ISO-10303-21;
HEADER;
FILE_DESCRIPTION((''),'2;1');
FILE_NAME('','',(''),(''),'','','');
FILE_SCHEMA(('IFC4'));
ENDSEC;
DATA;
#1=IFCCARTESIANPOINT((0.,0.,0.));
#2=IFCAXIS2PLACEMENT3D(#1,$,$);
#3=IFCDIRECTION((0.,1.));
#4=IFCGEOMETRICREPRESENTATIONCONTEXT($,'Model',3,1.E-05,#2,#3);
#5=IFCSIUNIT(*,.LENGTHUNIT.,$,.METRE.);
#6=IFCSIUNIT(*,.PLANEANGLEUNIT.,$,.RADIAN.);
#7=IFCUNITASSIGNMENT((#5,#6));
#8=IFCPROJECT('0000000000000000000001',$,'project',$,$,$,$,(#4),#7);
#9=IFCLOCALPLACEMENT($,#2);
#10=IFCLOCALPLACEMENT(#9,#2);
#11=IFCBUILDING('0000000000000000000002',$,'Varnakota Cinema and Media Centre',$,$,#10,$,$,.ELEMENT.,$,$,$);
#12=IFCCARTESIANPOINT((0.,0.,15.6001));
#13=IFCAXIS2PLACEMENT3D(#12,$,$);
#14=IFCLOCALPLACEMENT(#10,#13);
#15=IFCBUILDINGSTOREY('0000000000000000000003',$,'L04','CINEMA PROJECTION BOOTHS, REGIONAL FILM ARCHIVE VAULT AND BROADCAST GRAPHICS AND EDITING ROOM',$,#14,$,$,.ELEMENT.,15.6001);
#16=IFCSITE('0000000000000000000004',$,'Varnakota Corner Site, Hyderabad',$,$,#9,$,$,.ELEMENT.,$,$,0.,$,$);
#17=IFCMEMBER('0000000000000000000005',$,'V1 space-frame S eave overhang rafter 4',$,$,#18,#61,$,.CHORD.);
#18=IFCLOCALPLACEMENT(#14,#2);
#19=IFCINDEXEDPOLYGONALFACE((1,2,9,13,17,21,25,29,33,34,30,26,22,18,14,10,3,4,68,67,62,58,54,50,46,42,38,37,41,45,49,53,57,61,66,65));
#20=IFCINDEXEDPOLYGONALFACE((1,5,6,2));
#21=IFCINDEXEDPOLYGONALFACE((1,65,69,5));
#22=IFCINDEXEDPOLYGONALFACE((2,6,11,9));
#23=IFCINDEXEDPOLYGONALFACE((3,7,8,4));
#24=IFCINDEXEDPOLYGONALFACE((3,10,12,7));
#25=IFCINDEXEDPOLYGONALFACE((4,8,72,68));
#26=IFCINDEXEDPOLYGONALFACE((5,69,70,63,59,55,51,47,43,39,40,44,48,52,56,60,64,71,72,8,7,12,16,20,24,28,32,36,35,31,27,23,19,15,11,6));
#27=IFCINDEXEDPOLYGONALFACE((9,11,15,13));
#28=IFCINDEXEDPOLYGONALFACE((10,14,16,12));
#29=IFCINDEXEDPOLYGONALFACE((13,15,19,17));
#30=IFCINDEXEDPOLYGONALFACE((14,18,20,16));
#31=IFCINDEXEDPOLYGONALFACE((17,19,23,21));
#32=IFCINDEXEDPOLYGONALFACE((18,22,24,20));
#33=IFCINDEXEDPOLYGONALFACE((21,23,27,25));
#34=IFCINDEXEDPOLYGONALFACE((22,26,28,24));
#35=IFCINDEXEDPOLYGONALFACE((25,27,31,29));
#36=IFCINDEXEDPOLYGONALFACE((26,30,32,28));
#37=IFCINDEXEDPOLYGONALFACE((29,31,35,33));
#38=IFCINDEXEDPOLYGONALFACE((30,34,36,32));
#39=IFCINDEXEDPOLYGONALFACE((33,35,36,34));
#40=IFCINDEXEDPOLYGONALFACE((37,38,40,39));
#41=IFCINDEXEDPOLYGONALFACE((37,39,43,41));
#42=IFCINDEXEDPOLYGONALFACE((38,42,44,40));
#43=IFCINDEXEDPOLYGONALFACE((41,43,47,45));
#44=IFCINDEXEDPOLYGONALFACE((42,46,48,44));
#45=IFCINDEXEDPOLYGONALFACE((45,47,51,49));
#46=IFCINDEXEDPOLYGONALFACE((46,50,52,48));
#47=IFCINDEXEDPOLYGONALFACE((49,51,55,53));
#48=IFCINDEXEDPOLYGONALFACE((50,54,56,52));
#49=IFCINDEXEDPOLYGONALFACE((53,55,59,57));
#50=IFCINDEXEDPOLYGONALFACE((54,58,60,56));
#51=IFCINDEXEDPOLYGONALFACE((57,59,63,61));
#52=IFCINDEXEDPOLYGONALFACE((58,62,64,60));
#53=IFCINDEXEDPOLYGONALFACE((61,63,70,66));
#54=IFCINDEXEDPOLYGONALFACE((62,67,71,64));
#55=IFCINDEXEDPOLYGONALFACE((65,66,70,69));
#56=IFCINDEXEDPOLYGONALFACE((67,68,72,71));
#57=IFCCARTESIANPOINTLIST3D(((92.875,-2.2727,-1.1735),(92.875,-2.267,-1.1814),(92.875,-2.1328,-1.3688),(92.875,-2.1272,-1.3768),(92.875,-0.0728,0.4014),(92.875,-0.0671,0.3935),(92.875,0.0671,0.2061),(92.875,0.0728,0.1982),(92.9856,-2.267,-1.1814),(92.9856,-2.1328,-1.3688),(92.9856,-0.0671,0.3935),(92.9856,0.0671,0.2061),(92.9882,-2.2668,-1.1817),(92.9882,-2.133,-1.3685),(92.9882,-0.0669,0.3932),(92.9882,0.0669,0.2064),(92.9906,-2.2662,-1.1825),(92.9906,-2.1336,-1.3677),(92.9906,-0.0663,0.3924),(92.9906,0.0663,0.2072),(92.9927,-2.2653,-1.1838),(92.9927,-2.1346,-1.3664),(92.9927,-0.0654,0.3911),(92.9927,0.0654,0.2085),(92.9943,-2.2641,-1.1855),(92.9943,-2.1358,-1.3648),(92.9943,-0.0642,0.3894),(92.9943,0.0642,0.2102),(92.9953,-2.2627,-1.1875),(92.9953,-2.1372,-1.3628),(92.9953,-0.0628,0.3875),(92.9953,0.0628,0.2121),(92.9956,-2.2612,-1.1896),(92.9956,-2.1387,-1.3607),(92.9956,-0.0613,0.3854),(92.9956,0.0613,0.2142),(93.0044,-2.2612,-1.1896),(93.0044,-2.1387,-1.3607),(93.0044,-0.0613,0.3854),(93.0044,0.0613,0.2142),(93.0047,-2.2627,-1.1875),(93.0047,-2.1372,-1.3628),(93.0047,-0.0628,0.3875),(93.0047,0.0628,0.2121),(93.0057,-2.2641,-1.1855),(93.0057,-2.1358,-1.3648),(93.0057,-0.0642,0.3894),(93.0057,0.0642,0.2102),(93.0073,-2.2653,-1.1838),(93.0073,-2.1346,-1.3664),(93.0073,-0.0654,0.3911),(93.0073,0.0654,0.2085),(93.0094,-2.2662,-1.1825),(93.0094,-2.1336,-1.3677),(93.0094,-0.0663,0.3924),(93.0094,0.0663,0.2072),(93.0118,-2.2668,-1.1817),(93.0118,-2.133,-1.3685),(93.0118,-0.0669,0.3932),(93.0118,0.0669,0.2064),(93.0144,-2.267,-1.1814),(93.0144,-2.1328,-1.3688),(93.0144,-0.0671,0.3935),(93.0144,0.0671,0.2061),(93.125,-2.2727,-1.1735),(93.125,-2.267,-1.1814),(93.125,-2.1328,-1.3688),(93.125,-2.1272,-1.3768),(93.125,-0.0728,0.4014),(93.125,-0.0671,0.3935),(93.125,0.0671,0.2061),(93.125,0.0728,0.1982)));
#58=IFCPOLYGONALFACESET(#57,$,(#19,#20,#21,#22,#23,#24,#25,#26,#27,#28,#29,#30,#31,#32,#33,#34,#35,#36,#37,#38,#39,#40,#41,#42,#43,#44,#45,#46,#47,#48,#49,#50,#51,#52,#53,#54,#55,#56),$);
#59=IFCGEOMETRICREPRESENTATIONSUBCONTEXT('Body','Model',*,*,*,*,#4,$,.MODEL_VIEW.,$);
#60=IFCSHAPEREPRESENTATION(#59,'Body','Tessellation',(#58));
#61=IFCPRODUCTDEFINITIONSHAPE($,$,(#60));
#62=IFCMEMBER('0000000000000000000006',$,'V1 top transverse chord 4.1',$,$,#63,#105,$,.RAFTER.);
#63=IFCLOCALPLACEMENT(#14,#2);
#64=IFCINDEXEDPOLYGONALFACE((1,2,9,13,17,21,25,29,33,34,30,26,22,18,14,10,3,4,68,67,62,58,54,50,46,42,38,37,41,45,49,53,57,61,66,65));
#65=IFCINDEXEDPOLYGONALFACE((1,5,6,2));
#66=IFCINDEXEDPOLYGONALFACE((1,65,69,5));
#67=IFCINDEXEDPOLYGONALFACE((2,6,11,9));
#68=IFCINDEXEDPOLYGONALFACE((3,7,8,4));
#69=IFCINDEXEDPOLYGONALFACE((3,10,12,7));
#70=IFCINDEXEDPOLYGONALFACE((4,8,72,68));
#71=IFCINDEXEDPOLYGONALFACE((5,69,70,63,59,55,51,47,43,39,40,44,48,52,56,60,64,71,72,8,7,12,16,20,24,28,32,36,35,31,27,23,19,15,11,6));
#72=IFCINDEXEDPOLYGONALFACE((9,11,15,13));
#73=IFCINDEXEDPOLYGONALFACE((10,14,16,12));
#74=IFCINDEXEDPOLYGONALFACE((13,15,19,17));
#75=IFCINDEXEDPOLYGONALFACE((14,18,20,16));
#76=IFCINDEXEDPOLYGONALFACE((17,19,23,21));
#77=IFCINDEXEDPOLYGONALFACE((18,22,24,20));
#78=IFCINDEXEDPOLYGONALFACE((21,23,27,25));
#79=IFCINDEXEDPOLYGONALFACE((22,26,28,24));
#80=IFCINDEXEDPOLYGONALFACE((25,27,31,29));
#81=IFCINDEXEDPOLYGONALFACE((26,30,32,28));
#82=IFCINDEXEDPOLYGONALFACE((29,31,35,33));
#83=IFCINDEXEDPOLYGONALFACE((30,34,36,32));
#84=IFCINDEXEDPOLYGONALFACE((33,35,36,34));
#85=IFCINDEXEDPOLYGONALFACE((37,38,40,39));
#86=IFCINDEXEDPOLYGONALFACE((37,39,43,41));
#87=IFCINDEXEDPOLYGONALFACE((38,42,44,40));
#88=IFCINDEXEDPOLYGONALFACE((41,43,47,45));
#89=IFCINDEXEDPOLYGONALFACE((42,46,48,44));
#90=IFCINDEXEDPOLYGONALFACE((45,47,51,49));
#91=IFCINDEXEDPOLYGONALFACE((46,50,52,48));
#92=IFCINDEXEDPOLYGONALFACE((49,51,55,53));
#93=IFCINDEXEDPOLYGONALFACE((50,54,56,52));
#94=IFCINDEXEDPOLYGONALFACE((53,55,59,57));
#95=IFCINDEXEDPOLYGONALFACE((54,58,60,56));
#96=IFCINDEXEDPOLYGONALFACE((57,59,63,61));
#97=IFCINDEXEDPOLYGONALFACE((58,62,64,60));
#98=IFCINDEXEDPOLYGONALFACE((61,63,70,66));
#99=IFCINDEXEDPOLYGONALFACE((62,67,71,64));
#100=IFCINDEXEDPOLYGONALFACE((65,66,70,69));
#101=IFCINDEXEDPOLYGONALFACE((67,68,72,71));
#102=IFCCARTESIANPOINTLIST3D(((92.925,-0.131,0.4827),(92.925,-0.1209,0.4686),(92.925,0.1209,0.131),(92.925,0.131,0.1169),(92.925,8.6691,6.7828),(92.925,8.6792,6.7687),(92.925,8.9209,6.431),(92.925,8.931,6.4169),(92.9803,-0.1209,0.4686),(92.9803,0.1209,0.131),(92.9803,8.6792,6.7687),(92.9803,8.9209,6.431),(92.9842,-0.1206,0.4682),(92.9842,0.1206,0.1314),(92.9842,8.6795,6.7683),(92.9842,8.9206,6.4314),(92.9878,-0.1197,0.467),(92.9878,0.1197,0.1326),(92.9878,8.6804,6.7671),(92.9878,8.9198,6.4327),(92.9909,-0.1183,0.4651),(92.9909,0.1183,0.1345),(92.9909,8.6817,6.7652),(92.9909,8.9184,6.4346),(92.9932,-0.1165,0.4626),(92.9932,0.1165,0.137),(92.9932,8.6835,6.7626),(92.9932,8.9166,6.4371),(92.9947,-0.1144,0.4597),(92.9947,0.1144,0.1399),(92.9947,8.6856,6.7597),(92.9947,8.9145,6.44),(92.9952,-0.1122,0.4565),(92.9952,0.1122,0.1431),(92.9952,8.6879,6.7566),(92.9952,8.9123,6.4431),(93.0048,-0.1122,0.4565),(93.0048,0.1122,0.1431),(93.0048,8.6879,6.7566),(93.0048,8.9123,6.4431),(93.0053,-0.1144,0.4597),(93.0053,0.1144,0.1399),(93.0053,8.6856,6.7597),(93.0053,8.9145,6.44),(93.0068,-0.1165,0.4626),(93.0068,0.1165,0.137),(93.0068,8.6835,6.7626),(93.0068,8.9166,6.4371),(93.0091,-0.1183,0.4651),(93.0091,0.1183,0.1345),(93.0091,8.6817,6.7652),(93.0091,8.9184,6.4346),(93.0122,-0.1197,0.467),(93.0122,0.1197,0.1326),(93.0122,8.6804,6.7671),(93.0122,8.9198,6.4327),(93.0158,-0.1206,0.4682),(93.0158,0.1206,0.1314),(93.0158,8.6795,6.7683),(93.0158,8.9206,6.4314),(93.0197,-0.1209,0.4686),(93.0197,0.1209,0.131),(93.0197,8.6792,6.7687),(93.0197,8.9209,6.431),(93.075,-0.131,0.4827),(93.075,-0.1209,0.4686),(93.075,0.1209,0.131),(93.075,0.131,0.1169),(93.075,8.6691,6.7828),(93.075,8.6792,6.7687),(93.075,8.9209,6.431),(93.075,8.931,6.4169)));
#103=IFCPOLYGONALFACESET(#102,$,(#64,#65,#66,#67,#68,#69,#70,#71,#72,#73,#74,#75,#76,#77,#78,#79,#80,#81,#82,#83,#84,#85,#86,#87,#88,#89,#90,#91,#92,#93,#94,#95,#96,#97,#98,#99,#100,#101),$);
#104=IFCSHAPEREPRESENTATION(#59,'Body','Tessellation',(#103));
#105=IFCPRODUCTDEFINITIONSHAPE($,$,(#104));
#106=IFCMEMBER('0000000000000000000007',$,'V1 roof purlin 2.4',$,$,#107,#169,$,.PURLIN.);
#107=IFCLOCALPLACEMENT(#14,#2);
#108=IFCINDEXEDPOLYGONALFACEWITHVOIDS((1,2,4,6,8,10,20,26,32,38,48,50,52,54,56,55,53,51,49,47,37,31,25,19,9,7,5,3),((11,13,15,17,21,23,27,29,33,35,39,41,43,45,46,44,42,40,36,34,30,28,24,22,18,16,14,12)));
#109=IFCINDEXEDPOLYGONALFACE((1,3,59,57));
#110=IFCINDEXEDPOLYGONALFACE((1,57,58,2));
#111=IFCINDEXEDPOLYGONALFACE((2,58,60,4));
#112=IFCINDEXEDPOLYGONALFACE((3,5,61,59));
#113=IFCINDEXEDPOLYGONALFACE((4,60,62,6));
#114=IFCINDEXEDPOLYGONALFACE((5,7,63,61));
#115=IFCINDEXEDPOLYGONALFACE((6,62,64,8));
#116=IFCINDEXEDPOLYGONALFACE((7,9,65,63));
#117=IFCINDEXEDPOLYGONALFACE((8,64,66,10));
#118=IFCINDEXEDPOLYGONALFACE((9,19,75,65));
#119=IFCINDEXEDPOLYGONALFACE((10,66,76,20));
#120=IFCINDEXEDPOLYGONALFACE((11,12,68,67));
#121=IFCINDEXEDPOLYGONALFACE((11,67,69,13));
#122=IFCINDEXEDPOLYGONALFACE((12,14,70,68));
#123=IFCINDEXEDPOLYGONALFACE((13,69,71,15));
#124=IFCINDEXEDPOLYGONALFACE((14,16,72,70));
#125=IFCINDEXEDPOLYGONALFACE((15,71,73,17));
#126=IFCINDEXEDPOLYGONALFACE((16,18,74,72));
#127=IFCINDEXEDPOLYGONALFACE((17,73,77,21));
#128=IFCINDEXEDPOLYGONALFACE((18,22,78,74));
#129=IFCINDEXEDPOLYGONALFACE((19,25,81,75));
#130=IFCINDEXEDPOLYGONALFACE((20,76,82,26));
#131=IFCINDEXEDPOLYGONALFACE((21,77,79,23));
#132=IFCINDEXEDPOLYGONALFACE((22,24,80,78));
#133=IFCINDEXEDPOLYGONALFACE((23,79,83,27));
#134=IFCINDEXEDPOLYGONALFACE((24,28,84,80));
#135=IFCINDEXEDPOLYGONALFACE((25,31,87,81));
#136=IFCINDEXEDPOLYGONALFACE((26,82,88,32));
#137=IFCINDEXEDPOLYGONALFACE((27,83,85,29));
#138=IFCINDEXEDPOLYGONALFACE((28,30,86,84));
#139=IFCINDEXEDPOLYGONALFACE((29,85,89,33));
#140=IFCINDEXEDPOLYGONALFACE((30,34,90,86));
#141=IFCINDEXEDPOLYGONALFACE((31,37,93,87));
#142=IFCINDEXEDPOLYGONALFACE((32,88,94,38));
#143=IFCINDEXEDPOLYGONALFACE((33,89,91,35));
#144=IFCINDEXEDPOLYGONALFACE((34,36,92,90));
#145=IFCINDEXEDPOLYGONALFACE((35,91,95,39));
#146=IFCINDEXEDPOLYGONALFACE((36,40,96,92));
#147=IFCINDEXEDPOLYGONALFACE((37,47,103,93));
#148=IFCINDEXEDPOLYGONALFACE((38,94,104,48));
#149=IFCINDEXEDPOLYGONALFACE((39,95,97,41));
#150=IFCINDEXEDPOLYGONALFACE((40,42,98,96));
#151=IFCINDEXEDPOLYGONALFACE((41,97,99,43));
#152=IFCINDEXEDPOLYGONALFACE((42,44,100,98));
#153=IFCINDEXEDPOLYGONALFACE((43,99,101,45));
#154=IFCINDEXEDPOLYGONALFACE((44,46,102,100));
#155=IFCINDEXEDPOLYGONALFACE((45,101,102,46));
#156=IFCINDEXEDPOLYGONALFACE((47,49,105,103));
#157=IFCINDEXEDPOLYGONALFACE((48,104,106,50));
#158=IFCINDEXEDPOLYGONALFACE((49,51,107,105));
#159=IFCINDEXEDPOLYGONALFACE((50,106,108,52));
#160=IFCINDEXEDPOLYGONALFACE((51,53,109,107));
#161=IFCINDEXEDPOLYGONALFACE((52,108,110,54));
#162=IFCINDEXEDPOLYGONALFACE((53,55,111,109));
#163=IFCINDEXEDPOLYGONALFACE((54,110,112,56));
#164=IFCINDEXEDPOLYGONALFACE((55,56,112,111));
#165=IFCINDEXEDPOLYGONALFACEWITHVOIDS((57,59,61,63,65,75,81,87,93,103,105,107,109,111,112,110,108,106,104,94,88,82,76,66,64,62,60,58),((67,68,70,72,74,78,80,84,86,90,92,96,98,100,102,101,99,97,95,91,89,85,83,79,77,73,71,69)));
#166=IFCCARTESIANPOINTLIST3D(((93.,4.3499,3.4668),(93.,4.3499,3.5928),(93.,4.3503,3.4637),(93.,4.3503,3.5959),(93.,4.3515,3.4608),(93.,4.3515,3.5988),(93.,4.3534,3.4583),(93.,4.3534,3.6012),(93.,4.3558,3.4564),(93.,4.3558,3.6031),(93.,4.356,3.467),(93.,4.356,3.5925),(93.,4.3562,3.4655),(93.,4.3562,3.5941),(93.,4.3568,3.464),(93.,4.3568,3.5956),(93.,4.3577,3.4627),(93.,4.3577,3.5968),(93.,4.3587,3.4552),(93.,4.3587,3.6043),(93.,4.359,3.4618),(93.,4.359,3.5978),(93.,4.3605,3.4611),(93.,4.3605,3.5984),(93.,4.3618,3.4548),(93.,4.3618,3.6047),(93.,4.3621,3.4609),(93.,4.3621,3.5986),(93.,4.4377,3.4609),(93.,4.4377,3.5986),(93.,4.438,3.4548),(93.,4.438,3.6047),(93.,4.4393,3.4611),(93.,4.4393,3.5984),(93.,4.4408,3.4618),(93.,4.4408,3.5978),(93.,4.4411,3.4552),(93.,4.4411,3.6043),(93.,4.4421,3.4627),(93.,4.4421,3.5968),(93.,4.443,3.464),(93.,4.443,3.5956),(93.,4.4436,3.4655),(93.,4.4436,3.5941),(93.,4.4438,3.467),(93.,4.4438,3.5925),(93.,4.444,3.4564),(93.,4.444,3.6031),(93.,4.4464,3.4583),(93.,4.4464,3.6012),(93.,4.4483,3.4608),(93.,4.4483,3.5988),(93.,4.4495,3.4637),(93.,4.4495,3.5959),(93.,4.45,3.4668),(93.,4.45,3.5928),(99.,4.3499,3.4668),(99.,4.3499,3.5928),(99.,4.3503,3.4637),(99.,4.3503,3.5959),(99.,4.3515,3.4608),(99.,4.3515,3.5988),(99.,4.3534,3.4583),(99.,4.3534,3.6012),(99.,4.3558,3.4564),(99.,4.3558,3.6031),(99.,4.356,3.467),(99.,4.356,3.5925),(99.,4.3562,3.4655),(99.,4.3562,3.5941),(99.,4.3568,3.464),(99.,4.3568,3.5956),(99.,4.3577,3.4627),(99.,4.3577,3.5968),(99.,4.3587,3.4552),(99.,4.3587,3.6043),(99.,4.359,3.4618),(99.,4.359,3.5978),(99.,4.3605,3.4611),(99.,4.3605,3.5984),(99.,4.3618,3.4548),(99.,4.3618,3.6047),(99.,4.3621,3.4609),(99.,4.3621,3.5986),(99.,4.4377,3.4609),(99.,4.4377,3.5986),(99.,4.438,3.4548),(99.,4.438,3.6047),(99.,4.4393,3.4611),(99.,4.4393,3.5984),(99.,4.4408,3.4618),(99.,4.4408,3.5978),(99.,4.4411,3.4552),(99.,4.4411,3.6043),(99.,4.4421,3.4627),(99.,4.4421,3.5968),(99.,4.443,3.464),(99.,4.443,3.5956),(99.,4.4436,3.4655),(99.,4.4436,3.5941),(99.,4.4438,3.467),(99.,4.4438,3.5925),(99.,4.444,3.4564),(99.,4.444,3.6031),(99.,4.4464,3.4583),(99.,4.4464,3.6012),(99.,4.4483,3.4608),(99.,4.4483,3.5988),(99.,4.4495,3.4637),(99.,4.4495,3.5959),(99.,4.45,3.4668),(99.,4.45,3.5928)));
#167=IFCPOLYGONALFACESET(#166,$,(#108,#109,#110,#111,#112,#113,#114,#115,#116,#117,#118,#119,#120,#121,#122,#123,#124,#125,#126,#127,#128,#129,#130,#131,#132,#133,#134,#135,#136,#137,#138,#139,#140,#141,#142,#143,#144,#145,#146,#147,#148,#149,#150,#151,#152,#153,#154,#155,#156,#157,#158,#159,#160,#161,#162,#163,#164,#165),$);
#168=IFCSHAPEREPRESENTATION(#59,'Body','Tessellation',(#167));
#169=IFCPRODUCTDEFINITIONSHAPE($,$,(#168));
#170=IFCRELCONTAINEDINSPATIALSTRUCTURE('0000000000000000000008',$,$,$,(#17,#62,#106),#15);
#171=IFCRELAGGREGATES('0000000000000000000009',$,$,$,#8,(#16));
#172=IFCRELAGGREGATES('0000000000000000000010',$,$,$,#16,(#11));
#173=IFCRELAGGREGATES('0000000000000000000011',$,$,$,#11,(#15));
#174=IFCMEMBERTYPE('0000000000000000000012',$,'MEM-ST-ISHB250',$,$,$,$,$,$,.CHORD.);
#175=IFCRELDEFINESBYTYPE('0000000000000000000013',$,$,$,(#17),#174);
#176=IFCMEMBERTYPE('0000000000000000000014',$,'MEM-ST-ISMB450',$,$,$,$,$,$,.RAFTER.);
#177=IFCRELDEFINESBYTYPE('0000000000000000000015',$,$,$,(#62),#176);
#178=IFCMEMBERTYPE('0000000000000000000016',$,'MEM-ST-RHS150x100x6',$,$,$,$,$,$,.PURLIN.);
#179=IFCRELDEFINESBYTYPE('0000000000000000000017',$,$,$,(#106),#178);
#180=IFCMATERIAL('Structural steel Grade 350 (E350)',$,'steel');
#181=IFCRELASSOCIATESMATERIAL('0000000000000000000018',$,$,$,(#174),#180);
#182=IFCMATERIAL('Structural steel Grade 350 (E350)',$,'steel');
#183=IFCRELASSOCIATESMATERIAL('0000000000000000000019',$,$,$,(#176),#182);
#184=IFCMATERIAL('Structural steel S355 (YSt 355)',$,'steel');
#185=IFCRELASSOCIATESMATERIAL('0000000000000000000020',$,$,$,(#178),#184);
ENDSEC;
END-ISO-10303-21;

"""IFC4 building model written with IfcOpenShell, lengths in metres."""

from ifc_helpers import new_model, si_unit, direction, frame, origin, origin_2d, place, context, subcontext, project, spatial, hollow_rectangle, i_section, extrude, material, material_profile, profile_set, type_object, element, save


model = new_model("IFC4")

# Units and contexts
model_context = context("Model", 3, precision=1e-05, world=origin(), true_north=direction((0.0, 1.0)))
body_context = subcontext(model_context, "Body", "Model", "MODEL_VIEW")
ifc_project = project(units=[si_unit("LENGTHUNIT", "METRE"), si_unit("PLANEANGLEUNIT", "RADIAN")], contexts=[model_context])

# Site, building, storey
site_placement = place(None, origin())
site = spatial("IfcSite", under=ifc_project, at=site_placement, Name="Varnakota Corner Site, Hyderabad", CompositionType="ELEMENT", RefElevation=0.0)
building_placement = place(site_placement, origin())
building = spatial("IfcBuilding", under=site, at=building_placement, Name="Varnakota Cinema and Media Centre", CompositionType="ELEMENT")
storey_placement = place(building_placement, frame((0.0, 0.0, 15.6001)))
storey = spatial("IfcBuildingStorey", under=building, at=storey_placement, Name="L04", Description="CINEMA PROJECTION BOOTHS, REGIONAL FILM ARCHIVE VAULT AND BROADCAST GRAPHICS AND EDITING ROOM", CompositionType="ELEMENT", Elevation=15.6001)

# Members
ifc_material_1 = material(Name="Structural steel Grade 350 (E350)", Category="steel")
ifc_material_profile_1 = material_profile(ifc_material_1, i_section(OverallWidth=0.25, OverallDepth=0.25, WebThickness=0.0088, FlangeThickness=0.0098, FilletRadius=0.01, at=origin_2d()), Name="ISHB 250")
ifc_profile_set_1 = profile_set([ifc_material_profile_1], Name="Structural steel Grade 350 (E350)")
member_type_1 = type_object("IfcMemberType", Name="MEM-ST-ISHB250", PredefinedType="CHORD", material=ifc_profile_set_1)
member_1_placement = place(storey_placement, frame((93.0, 0.0, 0.2998), z_axis=(0.0, -0.813111, -0.582109), x_axis=(1.0, 0.0, 0.0)))
element("IfcMember", 1, at=member_1_placement, inside=storey, type_object=member_type_1, Name="V1 space-frame S eave overhang rafter 4", PredefinedType="CHORD", context=body_context, shape_type="SweptSolid", body=[
    extrude(i_section(OverallWidth=0.25, OverallDepth=0.25, WebThickness=0.0088, FlangeThickness=0.0098, FilletRadius=0.01, at=origin_2d()), origin(), (0.0, 0.0, 1.0), 2.7056),
])
ifc_material_2 = material(Name="Structural steel Grade 350 (E350)", Category="steel")
ifc_material_profile_2 = material_profile(ifc_material_2, i_section(OverallWidth=0.1499, OverallDepth=0.45, WebThickness=0.0095, FlangeThickness=0.0173, FilletRadius=0.0149, at=origin_2d()), Name="ISMB 450")
ifc_profile_set_2 = profile_set([ifc_material_profile_2], Name="Structural steel Grade 350 (E350)")
member_type_2 = type_object("IfcMemberType", Name="MEM-ST-ISMB450", PredefinedType="RAFTER", material=ifc_profile_set_2)
member_2_placement = place(storey_placement, frame((93.0, 0.0, 0.2998), z_axis=(0.0, 0.813108, 0.582113), x_axis=(-1.0, 0.0, 0.0)))
element("IfcMember", 2, at=member_2_placement, inside=storey, type_object=member_type_2, Name="V1 top transverse chord 4.1", PredefinedType="RAFTER", context=body_context, shape_type="SweptSolid", body=[
    extrude(i_section(OverallWidth=0.1499, OverallDepth=0.45, WebThickness=0.0095, FlangeThickness=0.0173, FilletRadius=0.0149, at=origin_2d()), origin(), (0.0, 0.0, 1.0), 10.8228),
])
ifc_material_3 = material(Name="Structural steel S355 (YSt 355)", Category="steel")
ifc_material_profile_3 = material_profile(ifc_material_3, hollow_rectangle(XDim=0.1001, YDim=0.1499, WallThickness=0.0061, InnerFilletRadius=0.0061, OuterFilletRadius=0.012, at=origin_2d()), Name="RHS 150x100x6")
ifc_profile_set_3 = profile_set([ifc_material_profile_3], Name="Structural steel S355 (YSt 355)")
member_type_3 = type_object("IfcMemberType", Name="MEM-ST-RHS150x100x6", PredefinedType="PURLIN", material=ifc_profile_set_3)
member_3_placement = place(storey_placement, frame((93.0, 4.3999, 3.5298), z_axis=(1.0, 0.0, 0.0), x_axis=(0.0, 1.0, 0.0)))
element("IfcMember", 3, at=member_3_placement, inside=storey, type_object=member_type_3, Name="V1 roof purlin 2.4", PredefinedType="PURLIN", context=body_context, shape_type="SweptSolid", body=[
    extrude(hollow_rectangle(XDim=0.1001, YDim=0.1499, WallThickness=0.0061, InnerFilletRadius=0.0061, OuterFilletRadius=0.012, at=origin_2d()), origin(), (0.0, 0.0, 1.0), 6.0),
])

save(model, "model.ifc")
